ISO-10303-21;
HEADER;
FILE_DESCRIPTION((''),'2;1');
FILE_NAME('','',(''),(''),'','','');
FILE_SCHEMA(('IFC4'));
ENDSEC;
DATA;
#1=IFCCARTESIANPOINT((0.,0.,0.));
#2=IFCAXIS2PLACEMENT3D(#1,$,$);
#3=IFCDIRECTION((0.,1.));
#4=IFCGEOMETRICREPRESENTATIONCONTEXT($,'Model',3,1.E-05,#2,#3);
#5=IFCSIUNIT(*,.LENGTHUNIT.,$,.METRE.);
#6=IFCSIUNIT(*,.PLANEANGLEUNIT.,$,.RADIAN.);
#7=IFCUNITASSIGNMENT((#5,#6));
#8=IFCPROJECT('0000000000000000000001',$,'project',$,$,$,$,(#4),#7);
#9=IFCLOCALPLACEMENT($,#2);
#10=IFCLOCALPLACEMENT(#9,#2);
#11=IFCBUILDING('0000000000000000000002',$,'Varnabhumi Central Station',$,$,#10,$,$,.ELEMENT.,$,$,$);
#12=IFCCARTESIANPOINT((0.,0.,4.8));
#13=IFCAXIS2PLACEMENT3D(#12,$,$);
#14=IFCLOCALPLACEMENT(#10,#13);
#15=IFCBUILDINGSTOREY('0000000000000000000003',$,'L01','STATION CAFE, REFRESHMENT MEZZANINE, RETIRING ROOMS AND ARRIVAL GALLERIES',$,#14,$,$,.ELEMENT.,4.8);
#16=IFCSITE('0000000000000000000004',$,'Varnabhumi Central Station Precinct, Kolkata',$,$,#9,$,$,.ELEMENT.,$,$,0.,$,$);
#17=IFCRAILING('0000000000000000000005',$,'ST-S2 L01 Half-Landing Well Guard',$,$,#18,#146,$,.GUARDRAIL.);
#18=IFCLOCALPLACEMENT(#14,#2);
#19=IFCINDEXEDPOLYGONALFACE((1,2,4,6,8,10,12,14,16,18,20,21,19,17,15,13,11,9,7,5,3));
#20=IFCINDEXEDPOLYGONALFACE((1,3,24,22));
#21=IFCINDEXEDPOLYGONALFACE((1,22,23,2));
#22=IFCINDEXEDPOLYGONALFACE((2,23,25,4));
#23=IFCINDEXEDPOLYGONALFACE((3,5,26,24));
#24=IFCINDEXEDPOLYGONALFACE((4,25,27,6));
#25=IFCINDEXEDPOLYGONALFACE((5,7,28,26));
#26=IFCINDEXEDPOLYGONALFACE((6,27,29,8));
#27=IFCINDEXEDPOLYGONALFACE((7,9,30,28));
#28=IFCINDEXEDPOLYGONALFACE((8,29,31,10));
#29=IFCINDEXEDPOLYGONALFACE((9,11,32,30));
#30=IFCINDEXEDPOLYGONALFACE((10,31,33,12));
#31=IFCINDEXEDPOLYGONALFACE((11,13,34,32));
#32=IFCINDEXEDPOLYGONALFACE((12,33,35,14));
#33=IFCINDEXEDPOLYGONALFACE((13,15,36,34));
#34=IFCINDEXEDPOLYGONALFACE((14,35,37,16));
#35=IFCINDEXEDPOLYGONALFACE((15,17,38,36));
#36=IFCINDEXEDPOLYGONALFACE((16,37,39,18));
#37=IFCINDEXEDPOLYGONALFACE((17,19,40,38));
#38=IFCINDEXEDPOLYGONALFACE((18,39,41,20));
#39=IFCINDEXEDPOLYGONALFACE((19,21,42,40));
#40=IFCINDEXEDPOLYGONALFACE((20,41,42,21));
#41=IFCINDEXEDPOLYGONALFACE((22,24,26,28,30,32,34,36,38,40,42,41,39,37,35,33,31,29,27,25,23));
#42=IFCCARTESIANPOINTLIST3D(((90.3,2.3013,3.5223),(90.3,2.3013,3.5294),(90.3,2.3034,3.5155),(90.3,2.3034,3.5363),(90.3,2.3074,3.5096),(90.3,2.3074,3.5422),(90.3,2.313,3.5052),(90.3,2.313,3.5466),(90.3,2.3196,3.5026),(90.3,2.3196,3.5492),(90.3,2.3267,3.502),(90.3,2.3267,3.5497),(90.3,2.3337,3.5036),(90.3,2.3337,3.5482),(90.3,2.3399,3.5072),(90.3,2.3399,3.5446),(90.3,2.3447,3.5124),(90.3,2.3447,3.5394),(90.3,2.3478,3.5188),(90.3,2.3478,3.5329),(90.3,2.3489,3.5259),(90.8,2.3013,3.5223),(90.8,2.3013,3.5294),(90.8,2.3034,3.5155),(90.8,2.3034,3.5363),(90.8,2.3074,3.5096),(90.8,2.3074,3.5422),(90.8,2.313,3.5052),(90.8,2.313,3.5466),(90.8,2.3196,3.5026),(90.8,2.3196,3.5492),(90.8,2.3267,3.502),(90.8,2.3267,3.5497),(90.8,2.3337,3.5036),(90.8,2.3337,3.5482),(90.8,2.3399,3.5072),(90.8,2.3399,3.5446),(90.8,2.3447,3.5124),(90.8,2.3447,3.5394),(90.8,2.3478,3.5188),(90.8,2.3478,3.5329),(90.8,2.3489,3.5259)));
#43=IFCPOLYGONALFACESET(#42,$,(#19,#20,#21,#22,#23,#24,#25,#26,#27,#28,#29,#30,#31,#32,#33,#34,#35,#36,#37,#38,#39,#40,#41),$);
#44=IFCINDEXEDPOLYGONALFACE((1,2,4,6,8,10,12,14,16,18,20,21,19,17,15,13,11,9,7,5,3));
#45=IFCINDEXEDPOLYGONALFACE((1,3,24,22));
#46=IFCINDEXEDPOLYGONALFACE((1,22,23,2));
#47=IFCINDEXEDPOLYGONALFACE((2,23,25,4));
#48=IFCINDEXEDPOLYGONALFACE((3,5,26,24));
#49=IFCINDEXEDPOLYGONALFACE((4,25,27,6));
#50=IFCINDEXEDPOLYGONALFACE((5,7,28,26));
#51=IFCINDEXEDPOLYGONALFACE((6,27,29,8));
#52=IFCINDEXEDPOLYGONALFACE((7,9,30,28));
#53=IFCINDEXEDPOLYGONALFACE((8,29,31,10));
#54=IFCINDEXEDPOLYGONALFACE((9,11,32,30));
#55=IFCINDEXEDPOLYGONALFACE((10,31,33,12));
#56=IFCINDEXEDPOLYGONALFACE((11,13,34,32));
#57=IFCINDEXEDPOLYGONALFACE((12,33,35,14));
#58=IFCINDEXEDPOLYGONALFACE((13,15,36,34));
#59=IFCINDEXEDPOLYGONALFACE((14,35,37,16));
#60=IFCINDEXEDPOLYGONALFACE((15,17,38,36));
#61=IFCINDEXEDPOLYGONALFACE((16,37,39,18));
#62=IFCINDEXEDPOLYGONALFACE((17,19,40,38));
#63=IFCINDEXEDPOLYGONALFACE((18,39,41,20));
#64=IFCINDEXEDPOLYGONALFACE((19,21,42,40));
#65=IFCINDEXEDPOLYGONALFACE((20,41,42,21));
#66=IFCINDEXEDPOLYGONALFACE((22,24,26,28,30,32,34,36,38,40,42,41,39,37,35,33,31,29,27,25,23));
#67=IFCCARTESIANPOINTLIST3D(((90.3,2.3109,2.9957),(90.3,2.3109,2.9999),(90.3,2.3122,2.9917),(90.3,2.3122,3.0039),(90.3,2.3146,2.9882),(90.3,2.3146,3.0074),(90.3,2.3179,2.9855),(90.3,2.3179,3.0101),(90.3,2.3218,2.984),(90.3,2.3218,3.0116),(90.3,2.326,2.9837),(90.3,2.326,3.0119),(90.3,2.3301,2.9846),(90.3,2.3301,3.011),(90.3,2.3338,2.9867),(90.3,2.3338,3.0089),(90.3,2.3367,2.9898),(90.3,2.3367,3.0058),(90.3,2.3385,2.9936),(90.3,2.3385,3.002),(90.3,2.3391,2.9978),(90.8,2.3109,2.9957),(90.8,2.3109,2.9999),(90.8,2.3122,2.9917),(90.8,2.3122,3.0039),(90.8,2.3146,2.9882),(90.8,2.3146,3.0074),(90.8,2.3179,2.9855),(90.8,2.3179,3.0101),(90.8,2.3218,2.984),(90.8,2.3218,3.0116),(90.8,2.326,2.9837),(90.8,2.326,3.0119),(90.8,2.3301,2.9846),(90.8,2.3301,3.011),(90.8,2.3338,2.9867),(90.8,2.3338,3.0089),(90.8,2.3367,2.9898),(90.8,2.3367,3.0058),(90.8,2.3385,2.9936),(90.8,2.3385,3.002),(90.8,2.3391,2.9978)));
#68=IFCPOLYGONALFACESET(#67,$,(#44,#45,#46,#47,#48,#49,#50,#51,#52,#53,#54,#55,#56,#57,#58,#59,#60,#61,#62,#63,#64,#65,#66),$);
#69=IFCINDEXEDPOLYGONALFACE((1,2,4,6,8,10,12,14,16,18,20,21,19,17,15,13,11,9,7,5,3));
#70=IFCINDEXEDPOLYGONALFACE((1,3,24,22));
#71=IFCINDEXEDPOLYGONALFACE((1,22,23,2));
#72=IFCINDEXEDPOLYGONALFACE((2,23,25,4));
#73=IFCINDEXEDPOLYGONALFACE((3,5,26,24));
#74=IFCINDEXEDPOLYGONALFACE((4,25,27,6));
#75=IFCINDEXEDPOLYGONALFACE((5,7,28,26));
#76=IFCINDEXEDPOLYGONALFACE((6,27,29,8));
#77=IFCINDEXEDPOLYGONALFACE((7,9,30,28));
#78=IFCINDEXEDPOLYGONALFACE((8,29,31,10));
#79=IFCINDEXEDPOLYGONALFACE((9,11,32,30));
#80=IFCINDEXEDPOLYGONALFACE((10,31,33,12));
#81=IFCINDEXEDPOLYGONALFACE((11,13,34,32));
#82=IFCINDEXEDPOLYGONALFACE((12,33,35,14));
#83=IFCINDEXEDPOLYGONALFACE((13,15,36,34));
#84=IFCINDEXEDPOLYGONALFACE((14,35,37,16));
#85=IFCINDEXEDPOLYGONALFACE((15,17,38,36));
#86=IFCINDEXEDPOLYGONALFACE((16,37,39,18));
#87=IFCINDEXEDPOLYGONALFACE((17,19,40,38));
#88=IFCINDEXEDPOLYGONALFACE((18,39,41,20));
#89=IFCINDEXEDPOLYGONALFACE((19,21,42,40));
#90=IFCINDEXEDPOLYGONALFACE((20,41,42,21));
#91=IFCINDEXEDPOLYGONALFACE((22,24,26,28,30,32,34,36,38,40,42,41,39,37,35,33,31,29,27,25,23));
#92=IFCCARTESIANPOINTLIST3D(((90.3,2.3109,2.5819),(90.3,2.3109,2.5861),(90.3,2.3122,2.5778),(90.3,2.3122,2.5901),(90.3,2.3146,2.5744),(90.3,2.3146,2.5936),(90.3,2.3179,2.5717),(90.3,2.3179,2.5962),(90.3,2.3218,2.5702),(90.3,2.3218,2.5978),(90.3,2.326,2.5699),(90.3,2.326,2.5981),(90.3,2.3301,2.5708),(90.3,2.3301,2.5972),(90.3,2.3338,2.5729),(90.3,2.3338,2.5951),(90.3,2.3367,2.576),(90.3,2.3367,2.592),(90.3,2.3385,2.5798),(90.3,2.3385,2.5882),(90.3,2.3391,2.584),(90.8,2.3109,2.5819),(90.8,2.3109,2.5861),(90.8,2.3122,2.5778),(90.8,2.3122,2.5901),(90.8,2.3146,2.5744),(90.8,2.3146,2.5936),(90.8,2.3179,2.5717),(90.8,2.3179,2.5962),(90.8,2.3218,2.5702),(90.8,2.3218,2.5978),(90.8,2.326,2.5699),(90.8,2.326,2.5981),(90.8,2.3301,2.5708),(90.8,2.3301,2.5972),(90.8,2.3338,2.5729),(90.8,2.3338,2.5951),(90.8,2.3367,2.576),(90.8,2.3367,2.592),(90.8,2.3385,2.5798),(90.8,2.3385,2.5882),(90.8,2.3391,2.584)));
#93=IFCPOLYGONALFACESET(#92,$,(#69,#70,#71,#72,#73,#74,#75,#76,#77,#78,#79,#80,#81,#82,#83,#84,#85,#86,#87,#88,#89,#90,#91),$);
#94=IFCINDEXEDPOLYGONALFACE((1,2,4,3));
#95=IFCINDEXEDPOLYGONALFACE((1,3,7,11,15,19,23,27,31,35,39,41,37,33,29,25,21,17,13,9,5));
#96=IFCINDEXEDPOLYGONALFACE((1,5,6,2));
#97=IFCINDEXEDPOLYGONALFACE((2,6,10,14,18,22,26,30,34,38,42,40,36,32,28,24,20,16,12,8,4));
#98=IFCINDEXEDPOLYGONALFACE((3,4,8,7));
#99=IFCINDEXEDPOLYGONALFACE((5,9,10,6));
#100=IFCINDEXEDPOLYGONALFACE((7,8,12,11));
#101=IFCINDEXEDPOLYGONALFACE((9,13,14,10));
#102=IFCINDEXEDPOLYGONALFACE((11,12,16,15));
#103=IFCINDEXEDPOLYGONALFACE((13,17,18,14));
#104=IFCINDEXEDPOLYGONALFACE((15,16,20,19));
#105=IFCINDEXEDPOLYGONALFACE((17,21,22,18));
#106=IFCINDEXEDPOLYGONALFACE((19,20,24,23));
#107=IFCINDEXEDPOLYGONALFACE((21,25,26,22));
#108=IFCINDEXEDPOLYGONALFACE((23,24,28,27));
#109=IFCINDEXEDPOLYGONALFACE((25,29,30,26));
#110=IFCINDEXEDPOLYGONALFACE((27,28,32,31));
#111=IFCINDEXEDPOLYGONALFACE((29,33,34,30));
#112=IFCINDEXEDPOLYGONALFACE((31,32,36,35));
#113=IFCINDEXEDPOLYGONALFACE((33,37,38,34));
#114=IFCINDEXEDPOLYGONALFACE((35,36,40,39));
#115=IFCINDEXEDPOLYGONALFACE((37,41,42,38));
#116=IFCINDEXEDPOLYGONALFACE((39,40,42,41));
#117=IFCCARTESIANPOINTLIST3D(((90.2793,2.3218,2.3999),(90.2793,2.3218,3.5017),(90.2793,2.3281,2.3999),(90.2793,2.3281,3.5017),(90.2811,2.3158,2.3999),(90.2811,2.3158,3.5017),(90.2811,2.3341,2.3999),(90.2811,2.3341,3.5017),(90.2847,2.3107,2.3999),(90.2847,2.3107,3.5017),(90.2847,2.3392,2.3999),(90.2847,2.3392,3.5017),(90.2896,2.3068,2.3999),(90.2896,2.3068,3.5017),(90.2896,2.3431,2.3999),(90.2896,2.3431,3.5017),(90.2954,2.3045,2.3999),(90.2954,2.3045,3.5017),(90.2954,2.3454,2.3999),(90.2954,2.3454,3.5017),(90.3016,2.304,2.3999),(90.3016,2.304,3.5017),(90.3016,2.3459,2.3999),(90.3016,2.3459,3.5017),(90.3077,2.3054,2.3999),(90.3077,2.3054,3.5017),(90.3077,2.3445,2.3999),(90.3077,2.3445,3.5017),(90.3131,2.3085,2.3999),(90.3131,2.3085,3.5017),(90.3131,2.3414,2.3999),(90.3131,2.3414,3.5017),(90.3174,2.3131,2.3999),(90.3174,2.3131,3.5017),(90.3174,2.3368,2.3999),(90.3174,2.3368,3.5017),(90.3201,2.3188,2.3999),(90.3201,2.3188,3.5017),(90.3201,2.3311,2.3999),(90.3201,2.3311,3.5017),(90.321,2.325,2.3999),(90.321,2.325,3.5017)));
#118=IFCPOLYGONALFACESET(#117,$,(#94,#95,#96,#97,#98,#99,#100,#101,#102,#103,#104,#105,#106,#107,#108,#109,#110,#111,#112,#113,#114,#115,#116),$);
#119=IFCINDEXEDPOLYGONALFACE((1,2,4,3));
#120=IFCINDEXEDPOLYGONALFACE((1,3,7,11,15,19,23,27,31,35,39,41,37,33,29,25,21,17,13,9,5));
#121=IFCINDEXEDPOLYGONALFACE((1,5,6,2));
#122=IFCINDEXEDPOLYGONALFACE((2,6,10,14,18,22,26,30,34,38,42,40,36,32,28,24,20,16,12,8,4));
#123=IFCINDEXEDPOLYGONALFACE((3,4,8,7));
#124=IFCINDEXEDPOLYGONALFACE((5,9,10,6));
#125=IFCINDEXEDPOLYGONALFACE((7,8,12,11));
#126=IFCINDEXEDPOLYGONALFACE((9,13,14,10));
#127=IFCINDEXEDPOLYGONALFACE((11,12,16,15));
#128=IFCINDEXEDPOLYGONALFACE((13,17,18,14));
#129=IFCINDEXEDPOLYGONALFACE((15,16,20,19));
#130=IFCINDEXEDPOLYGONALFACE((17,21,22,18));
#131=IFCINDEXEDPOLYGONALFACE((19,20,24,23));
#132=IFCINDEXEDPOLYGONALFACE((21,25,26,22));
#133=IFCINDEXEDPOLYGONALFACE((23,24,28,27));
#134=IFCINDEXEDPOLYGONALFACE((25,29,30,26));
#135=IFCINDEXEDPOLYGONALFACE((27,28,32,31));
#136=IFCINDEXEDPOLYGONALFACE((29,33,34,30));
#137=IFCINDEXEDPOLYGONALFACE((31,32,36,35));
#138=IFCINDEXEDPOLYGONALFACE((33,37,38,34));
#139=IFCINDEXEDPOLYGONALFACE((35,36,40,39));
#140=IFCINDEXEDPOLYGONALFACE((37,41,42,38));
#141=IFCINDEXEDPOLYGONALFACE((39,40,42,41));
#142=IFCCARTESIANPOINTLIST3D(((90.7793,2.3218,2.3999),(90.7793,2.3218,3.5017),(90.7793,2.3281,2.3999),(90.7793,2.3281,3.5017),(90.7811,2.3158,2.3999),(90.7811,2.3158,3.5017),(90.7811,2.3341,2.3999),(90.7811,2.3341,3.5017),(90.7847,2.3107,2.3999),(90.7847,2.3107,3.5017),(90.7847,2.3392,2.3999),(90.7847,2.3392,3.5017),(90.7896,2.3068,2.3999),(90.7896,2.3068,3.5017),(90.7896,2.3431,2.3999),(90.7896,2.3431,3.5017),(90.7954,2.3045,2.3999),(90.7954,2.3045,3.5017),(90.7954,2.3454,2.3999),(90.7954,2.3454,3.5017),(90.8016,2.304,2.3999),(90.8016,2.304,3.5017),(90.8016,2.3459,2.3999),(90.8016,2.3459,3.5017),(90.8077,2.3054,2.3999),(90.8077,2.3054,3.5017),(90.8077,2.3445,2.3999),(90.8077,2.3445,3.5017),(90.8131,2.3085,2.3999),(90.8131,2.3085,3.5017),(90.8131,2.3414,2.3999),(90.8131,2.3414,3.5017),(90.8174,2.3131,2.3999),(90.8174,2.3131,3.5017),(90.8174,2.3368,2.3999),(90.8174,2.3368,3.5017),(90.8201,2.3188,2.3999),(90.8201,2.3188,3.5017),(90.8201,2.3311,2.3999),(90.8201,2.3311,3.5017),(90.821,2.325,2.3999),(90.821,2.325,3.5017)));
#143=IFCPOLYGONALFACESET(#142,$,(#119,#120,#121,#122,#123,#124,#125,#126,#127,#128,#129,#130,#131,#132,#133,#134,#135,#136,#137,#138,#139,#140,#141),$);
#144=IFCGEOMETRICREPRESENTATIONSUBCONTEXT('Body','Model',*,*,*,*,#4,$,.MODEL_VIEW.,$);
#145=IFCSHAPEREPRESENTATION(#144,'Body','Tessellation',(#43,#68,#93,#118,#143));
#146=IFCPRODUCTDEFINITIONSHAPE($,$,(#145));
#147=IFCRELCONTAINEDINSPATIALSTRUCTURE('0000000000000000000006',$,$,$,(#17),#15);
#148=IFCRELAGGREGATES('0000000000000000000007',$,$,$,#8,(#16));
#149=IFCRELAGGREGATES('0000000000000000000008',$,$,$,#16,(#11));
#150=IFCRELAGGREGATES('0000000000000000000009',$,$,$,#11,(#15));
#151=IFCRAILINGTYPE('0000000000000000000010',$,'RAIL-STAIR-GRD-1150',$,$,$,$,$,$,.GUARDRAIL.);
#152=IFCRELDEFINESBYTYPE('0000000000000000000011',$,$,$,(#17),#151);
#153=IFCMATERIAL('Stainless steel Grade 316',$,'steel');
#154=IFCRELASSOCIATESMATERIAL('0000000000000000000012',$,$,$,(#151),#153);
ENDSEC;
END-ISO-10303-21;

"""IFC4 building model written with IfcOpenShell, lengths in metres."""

from ifc_helpers import new_model, si_unit, direction, frame, origin, origin_2d, place, context, subcontext, project, spatial, circle, extrude, material, type_object, element, save


model = new_model("IFC4")

# Units and contexts
model_context = context("Model", 3, precision=1e-05, world=origin(), true_north=direction((0.0, 1.0)))
body_context = subcontext(model_context, "Body", "Model", "MODEL_VIEW")
ifc_project = project(units=[si_unit("LENGTHUNIT", "METRE"), si_unit("PLANEANGLEUNIT", "RADIAN")], contexts=[model_context])

# Site, building, storey
site_placement = place(None, origin())
site = spatial("IfcSite", under=ifc_project, at=site_placement, Name="Varnabhumi Central Station Precinct, Kolkata", CompositionType="ELEMENT", RefElevation=0.0)
building_placement = place(site_placement, origin())
building = spatial("IfcBuilding", under=site, at=building_placement, Name="Varnabhumi Central Station", CompositionType="ELEMENT")
storey_placement = place(building_placement, frame((0.0, 0.0, 4.8)))
storey = spatial("IfcBuildingStorey", under=building, at=storey_placement, Name="L01", Description="STATION CAFE, REFRESHMENT MEZZANINE, RETIRING ROOMS AND ARRIVAL GALLERIES", CompositionType="ELEMENT", Elevation=4.8)

# Shared definitions
ifc_material_1 = material(Name="Stainless steel Grade 316", Category="steel")

# Railing
railing_type_1 = type_object("IfcRailingType", Name="RAIL-STAIR-GRD-1150", PredefinedType="GUARDRAIL", material=ifc_material_1)
for number, where, name in (
    (1, (90.3, 2.325, 2.3999), "ST-S2 L01 Half-Landing Well Guard"),
):
    element("IfcRailing", number, at=place(storey_placement, frame(where)), inside=storey, type_object=railing_type_1, Name=name, PredefinedType="GUARDRAIL", context=body_context, shape_type="SweptSolid", body=[
        extrude(circle(Radius=0.0239, at=origin_2d()), frame((0.0, 0.0, 1.126), z_axis=(1.0, 0.0, 0.0), x_axis=(0.0, 1.0, 0.0)), (0.0, 0.0, 1.0), 0.5),
        extrude(circle(Radius=0.0142, at=origin_2d()), frame((0.0, 0.0, 0.5979), z_axis=(1.0, 0.0, 0.0), x_axis=(0.0, 1.0, 0.0)), (0.0, 0.0, 1.0), 0.5),
        extrude(circle(Radius=0.0142, at=origin_2d()), frame((0.0, 0.0, 0.1841), z_axis=(1.0, 0.0, 0.0), x_axis=(0.0, 1.0, 0.0)), (0.0, 0.0, 1.0), 0.5),
        extrude(circle(Radius=0.021, at=origin_2d()), origin(), (0.0, 0.0, 1.0), 1.1018),
        extrude(circle(Radius=0.021, at=origin_2d()), frame((0.5, 0.0, 0.0)), (0.0, 0.0, 1.0), 1.1018),
    ])

save(model, "model.ifc")
